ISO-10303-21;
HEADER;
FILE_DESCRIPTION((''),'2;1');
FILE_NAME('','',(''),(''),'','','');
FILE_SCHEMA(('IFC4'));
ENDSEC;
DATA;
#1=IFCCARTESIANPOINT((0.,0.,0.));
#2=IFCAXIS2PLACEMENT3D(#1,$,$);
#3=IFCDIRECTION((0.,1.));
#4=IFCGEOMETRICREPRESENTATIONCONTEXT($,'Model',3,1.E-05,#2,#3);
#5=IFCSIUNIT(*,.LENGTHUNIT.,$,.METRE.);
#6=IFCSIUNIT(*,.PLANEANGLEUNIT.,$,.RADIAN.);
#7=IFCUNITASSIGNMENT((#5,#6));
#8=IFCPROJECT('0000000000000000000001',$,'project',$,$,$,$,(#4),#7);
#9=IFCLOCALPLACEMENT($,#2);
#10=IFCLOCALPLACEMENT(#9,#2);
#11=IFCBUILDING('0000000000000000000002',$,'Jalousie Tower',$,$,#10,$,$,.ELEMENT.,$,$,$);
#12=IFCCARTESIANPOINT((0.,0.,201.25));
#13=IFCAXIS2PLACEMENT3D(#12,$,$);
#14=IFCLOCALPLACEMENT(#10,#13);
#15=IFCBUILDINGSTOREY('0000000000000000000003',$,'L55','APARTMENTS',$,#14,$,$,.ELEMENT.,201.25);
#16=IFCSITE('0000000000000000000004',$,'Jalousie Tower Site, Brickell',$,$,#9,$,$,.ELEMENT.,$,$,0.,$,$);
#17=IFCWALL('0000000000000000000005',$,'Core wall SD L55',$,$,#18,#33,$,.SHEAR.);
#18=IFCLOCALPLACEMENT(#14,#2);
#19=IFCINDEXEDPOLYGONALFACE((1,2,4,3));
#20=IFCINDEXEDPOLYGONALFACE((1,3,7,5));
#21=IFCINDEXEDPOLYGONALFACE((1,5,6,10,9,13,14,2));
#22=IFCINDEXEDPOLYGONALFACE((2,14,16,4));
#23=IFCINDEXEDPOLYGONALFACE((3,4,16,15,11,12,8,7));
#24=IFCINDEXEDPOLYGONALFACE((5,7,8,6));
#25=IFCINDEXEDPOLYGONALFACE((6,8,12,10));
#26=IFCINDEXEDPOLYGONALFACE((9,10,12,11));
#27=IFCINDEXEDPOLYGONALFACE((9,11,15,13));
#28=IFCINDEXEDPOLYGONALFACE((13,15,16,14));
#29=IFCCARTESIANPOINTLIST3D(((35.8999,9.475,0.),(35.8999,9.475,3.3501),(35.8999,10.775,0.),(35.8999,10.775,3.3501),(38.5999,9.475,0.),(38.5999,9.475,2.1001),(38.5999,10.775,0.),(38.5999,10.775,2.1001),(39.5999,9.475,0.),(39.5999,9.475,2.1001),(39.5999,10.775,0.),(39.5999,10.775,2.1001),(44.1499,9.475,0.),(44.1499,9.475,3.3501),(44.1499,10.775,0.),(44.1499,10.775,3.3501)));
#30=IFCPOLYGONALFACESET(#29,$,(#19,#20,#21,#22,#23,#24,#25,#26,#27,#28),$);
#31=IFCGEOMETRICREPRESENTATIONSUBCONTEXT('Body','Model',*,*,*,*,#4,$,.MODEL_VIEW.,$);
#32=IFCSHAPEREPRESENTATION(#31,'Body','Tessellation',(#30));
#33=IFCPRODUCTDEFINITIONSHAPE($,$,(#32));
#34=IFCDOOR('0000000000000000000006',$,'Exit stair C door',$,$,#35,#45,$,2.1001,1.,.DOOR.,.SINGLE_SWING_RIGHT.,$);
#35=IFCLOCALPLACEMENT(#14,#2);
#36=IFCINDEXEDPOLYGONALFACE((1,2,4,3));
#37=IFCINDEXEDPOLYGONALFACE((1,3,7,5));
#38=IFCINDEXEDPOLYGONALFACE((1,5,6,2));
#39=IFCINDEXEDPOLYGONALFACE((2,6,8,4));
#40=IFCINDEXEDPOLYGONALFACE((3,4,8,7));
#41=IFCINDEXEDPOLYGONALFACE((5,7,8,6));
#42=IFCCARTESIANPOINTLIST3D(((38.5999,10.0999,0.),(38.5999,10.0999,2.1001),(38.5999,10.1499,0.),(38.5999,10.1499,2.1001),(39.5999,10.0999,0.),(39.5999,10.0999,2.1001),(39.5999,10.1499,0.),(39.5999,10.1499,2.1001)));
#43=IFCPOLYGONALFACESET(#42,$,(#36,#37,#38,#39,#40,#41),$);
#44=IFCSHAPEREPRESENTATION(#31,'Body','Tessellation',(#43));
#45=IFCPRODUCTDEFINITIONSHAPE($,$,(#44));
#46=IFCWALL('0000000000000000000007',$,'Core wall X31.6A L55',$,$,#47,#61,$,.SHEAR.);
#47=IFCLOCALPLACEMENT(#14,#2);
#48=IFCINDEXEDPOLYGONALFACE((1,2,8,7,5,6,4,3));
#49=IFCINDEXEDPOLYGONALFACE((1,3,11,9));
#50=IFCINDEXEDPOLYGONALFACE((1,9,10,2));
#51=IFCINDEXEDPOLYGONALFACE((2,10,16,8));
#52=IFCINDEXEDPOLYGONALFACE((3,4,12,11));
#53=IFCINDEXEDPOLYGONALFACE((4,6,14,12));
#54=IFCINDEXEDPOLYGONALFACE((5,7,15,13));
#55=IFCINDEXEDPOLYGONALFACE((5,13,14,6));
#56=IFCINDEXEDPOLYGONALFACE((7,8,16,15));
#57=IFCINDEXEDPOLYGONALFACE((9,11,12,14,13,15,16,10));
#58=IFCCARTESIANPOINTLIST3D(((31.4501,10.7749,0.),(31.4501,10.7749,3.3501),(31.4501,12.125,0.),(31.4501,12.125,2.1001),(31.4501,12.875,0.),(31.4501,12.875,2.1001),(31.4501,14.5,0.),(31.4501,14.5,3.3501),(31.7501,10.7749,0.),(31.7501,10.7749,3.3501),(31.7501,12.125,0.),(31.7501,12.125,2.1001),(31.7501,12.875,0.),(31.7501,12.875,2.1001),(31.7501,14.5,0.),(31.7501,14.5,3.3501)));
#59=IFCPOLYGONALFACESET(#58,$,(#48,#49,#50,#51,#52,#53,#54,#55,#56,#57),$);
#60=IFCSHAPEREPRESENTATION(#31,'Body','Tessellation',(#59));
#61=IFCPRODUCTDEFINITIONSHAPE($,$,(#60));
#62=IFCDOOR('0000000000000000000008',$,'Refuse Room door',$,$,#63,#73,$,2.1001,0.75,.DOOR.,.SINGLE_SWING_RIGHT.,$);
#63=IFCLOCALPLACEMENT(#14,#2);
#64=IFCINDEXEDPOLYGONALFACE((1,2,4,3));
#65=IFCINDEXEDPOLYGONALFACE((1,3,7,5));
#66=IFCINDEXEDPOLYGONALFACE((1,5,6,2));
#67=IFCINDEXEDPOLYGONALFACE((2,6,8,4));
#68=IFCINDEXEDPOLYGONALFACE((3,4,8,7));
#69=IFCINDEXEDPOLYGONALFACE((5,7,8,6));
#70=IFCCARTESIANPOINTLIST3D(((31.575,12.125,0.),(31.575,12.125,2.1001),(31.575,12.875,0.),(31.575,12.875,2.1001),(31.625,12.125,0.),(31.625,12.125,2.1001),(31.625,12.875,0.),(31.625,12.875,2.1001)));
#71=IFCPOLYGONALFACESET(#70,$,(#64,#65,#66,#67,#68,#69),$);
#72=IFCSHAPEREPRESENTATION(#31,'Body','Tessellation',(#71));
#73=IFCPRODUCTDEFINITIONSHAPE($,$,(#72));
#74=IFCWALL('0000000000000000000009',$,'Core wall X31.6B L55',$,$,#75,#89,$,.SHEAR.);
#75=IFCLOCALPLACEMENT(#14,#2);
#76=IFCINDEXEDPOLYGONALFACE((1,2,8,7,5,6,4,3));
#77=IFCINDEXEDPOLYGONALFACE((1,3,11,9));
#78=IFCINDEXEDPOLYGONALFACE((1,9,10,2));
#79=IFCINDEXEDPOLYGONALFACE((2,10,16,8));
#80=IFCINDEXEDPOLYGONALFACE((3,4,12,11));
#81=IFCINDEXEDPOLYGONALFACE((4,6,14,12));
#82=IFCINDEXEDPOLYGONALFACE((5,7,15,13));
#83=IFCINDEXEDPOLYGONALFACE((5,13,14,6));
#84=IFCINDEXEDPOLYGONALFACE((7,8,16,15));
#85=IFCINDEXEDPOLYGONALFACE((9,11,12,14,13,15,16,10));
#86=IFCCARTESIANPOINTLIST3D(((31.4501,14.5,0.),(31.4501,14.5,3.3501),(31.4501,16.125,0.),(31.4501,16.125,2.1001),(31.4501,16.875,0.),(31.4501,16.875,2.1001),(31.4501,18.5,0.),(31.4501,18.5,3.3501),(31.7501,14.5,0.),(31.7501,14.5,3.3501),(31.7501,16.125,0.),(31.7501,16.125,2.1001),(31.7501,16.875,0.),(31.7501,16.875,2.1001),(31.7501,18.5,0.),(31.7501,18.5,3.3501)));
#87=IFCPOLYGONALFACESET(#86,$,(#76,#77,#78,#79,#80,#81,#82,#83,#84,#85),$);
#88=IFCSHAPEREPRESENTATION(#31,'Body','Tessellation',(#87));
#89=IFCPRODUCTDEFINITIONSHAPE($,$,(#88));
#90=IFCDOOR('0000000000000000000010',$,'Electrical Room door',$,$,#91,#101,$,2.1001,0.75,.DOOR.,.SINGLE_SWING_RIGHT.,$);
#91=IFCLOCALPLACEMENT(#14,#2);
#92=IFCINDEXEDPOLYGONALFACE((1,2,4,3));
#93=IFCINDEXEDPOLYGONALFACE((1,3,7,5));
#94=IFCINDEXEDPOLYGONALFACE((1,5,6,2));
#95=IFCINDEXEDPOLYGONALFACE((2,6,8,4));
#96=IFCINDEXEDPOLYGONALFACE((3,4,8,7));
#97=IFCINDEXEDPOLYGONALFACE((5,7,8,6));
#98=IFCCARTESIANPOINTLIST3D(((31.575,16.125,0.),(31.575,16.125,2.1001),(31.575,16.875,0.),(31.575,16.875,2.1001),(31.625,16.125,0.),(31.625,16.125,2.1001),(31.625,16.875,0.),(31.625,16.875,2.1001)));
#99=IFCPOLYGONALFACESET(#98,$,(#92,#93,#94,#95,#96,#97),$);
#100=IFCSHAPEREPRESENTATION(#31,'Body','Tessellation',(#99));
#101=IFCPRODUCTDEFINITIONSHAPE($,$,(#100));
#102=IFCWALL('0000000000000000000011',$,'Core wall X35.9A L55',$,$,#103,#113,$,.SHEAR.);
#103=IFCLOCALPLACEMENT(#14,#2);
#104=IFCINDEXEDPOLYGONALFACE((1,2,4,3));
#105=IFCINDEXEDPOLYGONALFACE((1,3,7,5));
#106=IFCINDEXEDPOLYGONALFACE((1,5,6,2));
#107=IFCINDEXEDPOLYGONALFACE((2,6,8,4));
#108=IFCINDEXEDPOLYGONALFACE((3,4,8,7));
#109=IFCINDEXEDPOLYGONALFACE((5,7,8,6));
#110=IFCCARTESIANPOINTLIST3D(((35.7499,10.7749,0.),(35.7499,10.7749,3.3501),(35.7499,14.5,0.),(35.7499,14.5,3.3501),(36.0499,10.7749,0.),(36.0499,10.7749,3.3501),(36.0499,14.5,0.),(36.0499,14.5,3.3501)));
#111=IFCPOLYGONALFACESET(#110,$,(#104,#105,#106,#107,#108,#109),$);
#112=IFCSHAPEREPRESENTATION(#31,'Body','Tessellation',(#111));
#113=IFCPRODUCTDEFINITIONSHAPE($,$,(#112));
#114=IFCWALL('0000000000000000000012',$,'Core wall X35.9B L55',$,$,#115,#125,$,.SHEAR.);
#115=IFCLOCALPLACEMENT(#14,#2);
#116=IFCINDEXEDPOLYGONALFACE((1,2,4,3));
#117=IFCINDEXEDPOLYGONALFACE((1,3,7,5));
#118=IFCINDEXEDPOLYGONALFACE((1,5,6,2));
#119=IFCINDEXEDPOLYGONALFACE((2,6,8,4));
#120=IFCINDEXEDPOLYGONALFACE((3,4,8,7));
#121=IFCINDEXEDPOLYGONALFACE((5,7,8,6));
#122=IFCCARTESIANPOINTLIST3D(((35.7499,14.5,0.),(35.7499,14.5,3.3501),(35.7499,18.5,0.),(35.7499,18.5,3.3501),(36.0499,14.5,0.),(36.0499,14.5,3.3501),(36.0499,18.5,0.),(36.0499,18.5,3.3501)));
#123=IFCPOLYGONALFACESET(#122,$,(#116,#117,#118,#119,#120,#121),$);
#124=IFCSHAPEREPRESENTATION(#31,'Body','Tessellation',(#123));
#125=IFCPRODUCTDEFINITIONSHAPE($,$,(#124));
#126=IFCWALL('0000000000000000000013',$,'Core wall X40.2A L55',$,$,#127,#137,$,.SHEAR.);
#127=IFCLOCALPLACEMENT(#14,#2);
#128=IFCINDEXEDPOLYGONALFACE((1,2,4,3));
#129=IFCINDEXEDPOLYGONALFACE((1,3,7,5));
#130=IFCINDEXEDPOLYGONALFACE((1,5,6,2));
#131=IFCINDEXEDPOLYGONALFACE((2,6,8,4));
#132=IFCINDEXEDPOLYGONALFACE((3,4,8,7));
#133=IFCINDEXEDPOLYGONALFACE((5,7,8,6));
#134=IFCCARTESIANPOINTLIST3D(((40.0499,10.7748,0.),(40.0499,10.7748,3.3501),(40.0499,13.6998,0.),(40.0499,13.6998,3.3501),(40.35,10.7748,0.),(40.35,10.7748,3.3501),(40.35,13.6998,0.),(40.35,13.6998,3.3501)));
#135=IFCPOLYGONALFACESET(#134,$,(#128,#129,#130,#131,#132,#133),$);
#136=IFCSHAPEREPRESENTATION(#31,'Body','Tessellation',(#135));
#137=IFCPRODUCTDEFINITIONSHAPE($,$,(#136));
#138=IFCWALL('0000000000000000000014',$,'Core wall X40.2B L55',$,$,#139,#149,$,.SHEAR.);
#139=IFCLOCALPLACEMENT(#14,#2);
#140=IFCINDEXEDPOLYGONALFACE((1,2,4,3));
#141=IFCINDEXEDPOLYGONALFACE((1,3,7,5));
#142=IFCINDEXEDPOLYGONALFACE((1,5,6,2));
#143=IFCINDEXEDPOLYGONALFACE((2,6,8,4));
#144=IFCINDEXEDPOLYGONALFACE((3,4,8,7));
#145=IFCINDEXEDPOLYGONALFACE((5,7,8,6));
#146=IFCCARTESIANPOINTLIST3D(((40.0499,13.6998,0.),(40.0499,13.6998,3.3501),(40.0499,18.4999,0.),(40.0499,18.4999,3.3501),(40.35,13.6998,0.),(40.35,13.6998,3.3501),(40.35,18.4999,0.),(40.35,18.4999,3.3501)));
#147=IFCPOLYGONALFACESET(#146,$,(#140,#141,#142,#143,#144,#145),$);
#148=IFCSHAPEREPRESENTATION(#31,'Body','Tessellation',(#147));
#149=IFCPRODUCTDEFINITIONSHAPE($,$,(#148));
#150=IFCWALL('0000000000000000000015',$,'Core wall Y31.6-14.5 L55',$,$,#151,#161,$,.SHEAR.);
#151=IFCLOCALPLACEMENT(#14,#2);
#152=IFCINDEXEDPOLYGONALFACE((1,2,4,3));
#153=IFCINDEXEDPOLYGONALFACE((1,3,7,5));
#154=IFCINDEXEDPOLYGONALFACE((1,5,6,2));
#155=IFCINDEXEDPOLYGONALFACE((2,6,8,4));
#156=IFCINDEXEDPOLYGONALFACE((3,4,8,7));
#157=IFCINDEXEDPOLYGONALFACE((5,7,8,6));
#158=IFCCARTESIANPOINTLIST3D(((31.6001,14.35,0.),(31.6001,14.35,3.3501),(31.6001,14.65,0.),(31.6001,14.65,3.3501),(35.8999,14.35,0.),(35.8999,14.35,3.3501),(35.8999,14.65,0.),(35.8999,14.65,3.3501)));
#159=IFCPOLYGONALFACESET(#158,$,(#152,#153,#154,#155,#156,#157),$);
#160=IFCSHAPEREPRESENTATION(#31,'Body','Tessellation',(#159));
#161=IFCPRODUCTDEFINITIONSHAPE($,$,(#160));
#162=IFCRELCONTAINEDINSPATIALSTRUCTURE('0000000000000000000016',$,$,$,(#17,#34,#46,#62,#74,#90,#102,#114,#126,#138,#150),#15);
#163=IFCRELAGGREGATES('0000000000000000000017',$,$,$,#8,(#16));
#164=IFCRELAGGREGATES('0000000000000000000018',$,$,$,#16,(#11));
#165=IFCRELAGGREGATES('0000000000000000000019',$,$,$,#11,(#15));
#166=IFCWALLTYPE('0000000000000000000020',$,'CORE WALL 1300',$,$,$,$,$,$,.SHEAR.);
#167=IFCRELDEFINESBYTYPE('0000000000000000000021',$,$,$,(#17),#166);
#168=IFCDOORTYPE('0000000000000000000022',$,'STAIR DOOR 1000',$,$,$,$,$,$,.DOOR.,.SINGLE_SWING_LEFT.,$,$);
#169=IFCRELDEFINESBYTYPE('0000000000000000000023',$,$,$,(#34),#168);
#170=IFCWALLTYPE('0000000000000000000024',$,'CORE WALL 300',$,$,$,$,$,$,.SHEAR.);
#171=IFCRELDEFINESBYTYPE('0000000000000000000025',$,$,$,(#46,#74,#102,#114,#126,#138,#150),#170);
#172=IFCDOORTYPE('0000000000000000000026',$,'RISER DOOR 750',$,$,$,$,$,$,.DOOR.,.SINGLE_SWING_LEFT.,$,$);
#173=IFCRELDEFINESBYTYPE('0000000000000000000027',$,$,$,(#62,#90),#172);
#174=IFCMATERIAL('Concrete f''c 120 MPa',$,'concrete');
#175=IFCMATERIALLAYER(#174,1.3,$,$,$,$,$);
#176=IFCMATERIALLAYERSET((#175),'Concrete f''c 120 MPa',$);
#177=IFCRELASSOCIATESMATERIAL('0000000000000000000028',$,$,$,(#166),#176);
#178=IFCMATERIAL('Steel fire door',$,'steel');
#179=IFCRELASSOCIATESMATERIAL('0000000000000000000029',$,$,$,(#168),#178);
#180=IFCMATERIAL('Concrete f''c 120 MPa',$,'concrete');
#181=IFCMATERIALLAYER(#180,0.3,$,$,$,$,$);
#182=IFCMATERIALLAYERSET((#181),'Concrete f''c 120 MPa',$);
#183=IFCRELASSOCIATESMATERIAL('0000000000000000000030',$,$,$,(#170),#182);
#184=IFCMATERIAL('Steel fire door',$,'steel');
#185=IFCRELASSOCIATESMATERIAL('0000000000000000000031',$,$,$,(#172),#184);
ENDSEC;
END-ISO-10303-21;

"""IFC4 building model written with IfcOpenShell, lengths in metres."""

from ifc_helpers import new_model, si_unit, direction, frame, frame_2d, origin, place, context, subcontext, project, spatial, rectangle, extrude, material, layer, layer_set, type_object, element, fill, save


model = new_model("IFC4")

# Units and contexts
model_context = context("Model", 3, precision=1e-05, world=origin(), true_north=direction((0.0, 1.0)))
body_context = subcontext(model_context, "Body", "Model", "MODEL_VIEW")
ifc_project = project(units=[si_unit("LENGTHUNIT", "METRE"), si_unit("PLANEANGLEUNIT", "RADIAN")], contexts=[model_context])

# Site, building, storey
site_placement = place(None, origin())
site = spatial("IfcSite", under=ifc_project, at=site_placement, Name="Jalousie Tower Site, Brickell", CompositionType="ELEMENT", RefElevation=0.0)
building_placement = place(site_placement, origin())
building = spatial("IfcBuilding", under=site, at=building_placement, Name="Jalousie Tower", CompositionType="ELEMENT")
storey_placement = place(building_placement, frame((0.0, 0.0, 201.25)))
storey = spatial("IfcBuildingStorey", under=building, at=storey_placement, Name="L55", Description="APARTMENTS", CompositionType="ELEMENT", Elevation=201.25)

# Shared definitions
ifc_material_1 = material(Name="Concrete f'c 120 MPa", Category="concrete")
ifc_layer_1 = layer(ifc_material_1, 1.3)
ifc_layer_set_1 = layer_set([ifc_layer_1], Name="Concrete f'c 120 MPa")
wall_type_1 = type_object("IfcWallType", Name="CORE WALL 1300", PredefinedType="SHEAR", material=ifc_layer_set_1)

# Walls, openings, doors
wall_1_placement = place(storey_placement, frame((35.8999, 10.125, 0.0), z_axis=(0.0, 0.0, 1.0), x_axis=(1.0, 0.0, 0.0)))
wall_1 = element("IfcWall", 1, at=wall_1_placement, inside=storey, type_object=wall_type_1, Name="Core wall SD L55", PredefinedType="SHEAR", context=body_context, shape_type="SweptSolid", body=[
    extrude(rectangle(XDim=8.25, YDim=1.3, at=frame_2d((4.125, 0.0))), origin(), (0.0, 0.0, 1.0), 3.3501),
])
opening_1_placement = place(wall_1_placement, frame((2.7, 0.0, 0.0)))
opening_1 = element("IfcOpeningElement", 2, at=opening_1_placement, cuts=wall_1, PredefinedType="OPENING", context=body_context, shape_type="SweptSolid", body=[
    extrude(rectangle(XDim=1.0, YDim=2.1001, at=frame_2d((0.5, 1.05))), frame((0.0, 0.6599, 0.0), z_axis=(0.0, -1.0, 0.0), x_axis=(1.0, 0.0, 0.0)), (0.0, 0.0, 1.0), 1.3201),
])
ifc_material_2 = material(Name="Steel fire door", Category="steel")
door_type_1 = type_object("IfcDoorType", Name="STAIR DOOR 1000", OperationType="SINGLE_SWING_LEFT", PredefinedType="DOOR", material=ifc_material_2)
door_1_placement = place(opening_1_placement, origin())
door_1 = element("IfcDoor", 3, at=door_1_placement, inside=storey, type_object=door_type_1, Name="Exit stair C door", OperationType="SINGLE_SWING_RIGHT", OverallHeight=2.1001, OverallWidth=1.0, PredefinedType="DOOR", context=body_context, shape_type="SweptSolid", body=[
    extrude(rectangle(XDim=1.0, YDim=2.1001, at=frame_2d((0.5, 1.05))), frame((0.0, 0.0249, 0.0), z_axis=(0.0, -1.0, 0.0), x_axis=(1.0, 0.0, 0.0)), (0.0, 0.0, 1.0), 0.05),
])
fill(opening_1, door_1)
ifc_material_3 = material(Name="Concrete f'c 120 MPa", Category="concrete")
ifc_layer_2 = layer(ifc_material_3, 0.3)
ifc_layer_set_2 = layer_set([ifc_layer_2], Name="Concrete f'c 120 MPa")
wall_type_2 = type_object("IfcWallType", Name="CORE WALL 300", PredefinedType="SHEAR", material=ifc_layer_set_2)
wall_2_placement = place(storey_placement, frame((31.6001, 10.7749, 0.0), z_axis=(0.0, 0.0, 1.0), x_axis=(0.0, 1.0, 0.0)))
wall_2 = element("IfcWall", 4, at=wall_2_placement, inside=storey, type_object=wall_type_2, Name="Core wall X31.6A L55", PredefinedType="SHEAR", context=body_context, shape_type="SweptSolid", body=[
    extrude(rectangle(XDim=3.7251, YDim=0.3, at=frame_2d((1.8625, 0.0))), origin(), (0.0, 0.0, 1.0), 3.3501),
])
opening_2_placement = place(wall_2_placement, frame((1.3501, 0.0, 0.0)))
opening_2 = element("IfcOpeningElement", 5, at=opening_2_placement, cuts=wall_2, PredefinedType="OPENING", context=body_context, shape_type="SweptSolid", body=[
    extrude(rectangle(XDim=0.75, YDim=2.1001, at=frame_2d((0.375, 1.05))), frame((0.0, 0.1599, 0.0), z_axis=(0.0, -1.0, 0.0), x_axis=(1.0, 0.0, 0.0)), (0.0, 0.0, 1.0), 0.3201),
])
ifc_material_4 = material(Name="Steel fire door", Category="steel")
door_type_2 = type_object("IfcDoorType", Name="RISER DOOR 750", OperationType="SINGLE_SWING_LEFT", PredefinedType="DOOR", material=ifc_material_4)
door_2_placement = place(opening_2_placement, frame((0.75, 0.0, 0.0), z_axis=(0.0, 0.0, 1.0), x_axis=(-1.0, 0.0, 0.0)))
door_2 = element("IfcDoor", 6, at=door_2_placement, inside=storey, type_object=door_type_2, Name="Refuse Room door", OperationType="SINGLE_SWING_RIGHT", OverallHeight=2.1001, OverallWidth=0.75, PredefinedType="DOOR", context=body_context, shape_type="SweptSolid", body=[
    extrude(rectangle(XDim=0.75, YDim=2.1001, at=frame_2d((0.375, 1.05))), frame((0.0, 0.0249, 0.0), z_axis=(0.0, -1.0, 0.0), x_axis=(1.0, 0.0, 0.0)), (0.0, 0.0, 1.0), 0.05),
])
fill(opening_2, door_2)
wall_3_placement = place(storey_placement, frame((31.6001, 14.5, 0.0), z_axis=(0.0, 0.0, 1.0), x_axis=(0.0, 1.0, 0.0)))
wall_3 = element("IfcWall", 7, at=wall_3_placement, inside=storey, type_object=wall_type_2, Name="Core wall X31.6B L55", PredefinedType="SHEAR", context=body_context, shape_type="SweptSolid", body=[
    extrude(rectangle(XDim=4.0, YDim=0.3, at=frame_2d((2.0, 0.0))), origin(), (0.0, 0.0, 1.0), 3.3501),
])
opening_3_placement = place(wall_3_placement, frame((1.625, 0.0, 0.0)))
opening_3 = element("IfcOpeningElement", 8, at=opening_3_placement, cuts=wall_3, PredefinedType="OPENING", context=body_context, shape_type="SweptSolid", body=[
    extrude(rectangle(XDim=0.75, YDim=2.1001, at=frame_2d((0.375, 1.05))), frame((0.0, 0.1599, 0.0), z_axis=(0.0, -1.0, 0.0), x_axis=(1.0, 0.0, 0.0)), (0.0, 0.0, 1.0), 0.3201),
])
door_3_placement = place(opening_3_placement, frame((0.75, 0.0, 0.0), z_axis=(0.0, 0.0, 1.0), x_axis=(-1.0, 0.0, 0.0)))
door_3 = element("IfcDoor", 9, at=door_3_placement, inside=storey, type_object=door_type_2, Name="Electrical Room door", OperationType="SINGLE_SWING_RIGHT", OverallHeight=2.1001, OverallWidth=0.75, PredefinedType="DOOR", context=body_context, shape_type="SweptSolid", body=[
    extrude(rectangle(XDim=0.75, YDim=2.1001, at=frame_2d((0.375, 1.05))), frame((0.0, 0.0249, 0.0), z_axis=(0.0, -1.0, 0.0), x_axis=(1.0, 0.0, 0.0)), (0.0, 0.0, 1.0), 0.05),
])
fill(opening_3, door_3)

# Walls
wall_4_placement = place(storey_placement, frame((35.8999, 10.7749, 0.0), z_axis=(0.0, 0.0, 1.0), x_axis=(0.0, 1.0, 0.0)))
element("IfcWall", 10, at=wall_4_placement, inside=storey, type_object=wall_type_2, Name="Core wall X35.9A L55", PredefinedType="SHEAR", context=body_context, shape_type="SweptSolid", body=[
    extrude(rectangle(XDim=3.7251, YDim=0.3, at=frame_2d((1.8625, 0.0))), origin(), (0.0, 0.0, 1.0), 3.3501),
])
wall_5_placement = place(storey_placement, frame((35.8999, 14.5, 0.0), z_axis=(0.0, 0.0, 1.0), x_axis=(0.0, 1.0, 0.0)))
element("IfcWall", 11, at=wall_5_placement, inside=storey, type_object=wall_type_2, Name="Core wall X35.9B L55", PredefinedType="SHEAR", context=body_context, shape_type="SweptSolid", body=[
    extrude(rectangle(XDim=4.0, YDim=0.3, at=frame_2d((2.0, 0.0))), origin(), (0.0, 0.0, 1.0), 3.3501),
])
wall_6_placement = place(storey_placement, frame((40.2, 10.7749, 0.0), z_axis=(0.0, 0.0, 1.0), x_axis=(0.0, 1.0, 0.0)))
element("IfcWall", 12, at=wall_6_placement, inside=storey, type_object=wall_type_2, Name="Core wall X40.2A L55", PredefinedType="SHEAR", context=body_context, shape_type="SweptSolid", body=[
    extrude(rectangle(XDim=2.925, YDim=0.3, at=frame_2d((1.4624, 0.0))), origin(), (0.0, 0.0, 1.0), 3.3501),
])
wall_7_placement = place(storey_placement, frame((40.2, 13.7, 0.0), z_axis=(0.0, 0.0, 1.0), x_axis=(0.0, 1.0, 0.0)))
element("IfcWall", 13, at=wall_7_placement, inside=storey, type_object=wall_type_2, Name="Core wall X40.2B L55", PredefinedType="SHEAR", context=body_context, shape_type="SweptSolid", body=[
    extrude(rectangle(XDim=4.8, YDim=0.3, at=frame_2d((2.3999, 0.0))), origin(), (0.0, 0.0, 1.0), 3.3501),
])
wall_8_placement = place(storey_placement, frame((31.6001, 14.5, 0.0), z_axis=(0.0, 0.0, 1.0), x_axis=(1.0, 0.0, 0.0)))
element("IfcWall", 14, at=wall_8_placement, inside=storey, type_object=wall_type_2, Name="Core wall Y31.6-14.5 L55", PredefinedType="SHEAR", context=body_context, shape_type="SweptSolid", body=[
    extrude(rectangle(XDim=4.2998, YDim=0.3, at=frame_2d((2.1499, 0.0))), origin(), (0.0, 0.0, 1.0), 3.3501),
])

save(model, "model.ifc")
